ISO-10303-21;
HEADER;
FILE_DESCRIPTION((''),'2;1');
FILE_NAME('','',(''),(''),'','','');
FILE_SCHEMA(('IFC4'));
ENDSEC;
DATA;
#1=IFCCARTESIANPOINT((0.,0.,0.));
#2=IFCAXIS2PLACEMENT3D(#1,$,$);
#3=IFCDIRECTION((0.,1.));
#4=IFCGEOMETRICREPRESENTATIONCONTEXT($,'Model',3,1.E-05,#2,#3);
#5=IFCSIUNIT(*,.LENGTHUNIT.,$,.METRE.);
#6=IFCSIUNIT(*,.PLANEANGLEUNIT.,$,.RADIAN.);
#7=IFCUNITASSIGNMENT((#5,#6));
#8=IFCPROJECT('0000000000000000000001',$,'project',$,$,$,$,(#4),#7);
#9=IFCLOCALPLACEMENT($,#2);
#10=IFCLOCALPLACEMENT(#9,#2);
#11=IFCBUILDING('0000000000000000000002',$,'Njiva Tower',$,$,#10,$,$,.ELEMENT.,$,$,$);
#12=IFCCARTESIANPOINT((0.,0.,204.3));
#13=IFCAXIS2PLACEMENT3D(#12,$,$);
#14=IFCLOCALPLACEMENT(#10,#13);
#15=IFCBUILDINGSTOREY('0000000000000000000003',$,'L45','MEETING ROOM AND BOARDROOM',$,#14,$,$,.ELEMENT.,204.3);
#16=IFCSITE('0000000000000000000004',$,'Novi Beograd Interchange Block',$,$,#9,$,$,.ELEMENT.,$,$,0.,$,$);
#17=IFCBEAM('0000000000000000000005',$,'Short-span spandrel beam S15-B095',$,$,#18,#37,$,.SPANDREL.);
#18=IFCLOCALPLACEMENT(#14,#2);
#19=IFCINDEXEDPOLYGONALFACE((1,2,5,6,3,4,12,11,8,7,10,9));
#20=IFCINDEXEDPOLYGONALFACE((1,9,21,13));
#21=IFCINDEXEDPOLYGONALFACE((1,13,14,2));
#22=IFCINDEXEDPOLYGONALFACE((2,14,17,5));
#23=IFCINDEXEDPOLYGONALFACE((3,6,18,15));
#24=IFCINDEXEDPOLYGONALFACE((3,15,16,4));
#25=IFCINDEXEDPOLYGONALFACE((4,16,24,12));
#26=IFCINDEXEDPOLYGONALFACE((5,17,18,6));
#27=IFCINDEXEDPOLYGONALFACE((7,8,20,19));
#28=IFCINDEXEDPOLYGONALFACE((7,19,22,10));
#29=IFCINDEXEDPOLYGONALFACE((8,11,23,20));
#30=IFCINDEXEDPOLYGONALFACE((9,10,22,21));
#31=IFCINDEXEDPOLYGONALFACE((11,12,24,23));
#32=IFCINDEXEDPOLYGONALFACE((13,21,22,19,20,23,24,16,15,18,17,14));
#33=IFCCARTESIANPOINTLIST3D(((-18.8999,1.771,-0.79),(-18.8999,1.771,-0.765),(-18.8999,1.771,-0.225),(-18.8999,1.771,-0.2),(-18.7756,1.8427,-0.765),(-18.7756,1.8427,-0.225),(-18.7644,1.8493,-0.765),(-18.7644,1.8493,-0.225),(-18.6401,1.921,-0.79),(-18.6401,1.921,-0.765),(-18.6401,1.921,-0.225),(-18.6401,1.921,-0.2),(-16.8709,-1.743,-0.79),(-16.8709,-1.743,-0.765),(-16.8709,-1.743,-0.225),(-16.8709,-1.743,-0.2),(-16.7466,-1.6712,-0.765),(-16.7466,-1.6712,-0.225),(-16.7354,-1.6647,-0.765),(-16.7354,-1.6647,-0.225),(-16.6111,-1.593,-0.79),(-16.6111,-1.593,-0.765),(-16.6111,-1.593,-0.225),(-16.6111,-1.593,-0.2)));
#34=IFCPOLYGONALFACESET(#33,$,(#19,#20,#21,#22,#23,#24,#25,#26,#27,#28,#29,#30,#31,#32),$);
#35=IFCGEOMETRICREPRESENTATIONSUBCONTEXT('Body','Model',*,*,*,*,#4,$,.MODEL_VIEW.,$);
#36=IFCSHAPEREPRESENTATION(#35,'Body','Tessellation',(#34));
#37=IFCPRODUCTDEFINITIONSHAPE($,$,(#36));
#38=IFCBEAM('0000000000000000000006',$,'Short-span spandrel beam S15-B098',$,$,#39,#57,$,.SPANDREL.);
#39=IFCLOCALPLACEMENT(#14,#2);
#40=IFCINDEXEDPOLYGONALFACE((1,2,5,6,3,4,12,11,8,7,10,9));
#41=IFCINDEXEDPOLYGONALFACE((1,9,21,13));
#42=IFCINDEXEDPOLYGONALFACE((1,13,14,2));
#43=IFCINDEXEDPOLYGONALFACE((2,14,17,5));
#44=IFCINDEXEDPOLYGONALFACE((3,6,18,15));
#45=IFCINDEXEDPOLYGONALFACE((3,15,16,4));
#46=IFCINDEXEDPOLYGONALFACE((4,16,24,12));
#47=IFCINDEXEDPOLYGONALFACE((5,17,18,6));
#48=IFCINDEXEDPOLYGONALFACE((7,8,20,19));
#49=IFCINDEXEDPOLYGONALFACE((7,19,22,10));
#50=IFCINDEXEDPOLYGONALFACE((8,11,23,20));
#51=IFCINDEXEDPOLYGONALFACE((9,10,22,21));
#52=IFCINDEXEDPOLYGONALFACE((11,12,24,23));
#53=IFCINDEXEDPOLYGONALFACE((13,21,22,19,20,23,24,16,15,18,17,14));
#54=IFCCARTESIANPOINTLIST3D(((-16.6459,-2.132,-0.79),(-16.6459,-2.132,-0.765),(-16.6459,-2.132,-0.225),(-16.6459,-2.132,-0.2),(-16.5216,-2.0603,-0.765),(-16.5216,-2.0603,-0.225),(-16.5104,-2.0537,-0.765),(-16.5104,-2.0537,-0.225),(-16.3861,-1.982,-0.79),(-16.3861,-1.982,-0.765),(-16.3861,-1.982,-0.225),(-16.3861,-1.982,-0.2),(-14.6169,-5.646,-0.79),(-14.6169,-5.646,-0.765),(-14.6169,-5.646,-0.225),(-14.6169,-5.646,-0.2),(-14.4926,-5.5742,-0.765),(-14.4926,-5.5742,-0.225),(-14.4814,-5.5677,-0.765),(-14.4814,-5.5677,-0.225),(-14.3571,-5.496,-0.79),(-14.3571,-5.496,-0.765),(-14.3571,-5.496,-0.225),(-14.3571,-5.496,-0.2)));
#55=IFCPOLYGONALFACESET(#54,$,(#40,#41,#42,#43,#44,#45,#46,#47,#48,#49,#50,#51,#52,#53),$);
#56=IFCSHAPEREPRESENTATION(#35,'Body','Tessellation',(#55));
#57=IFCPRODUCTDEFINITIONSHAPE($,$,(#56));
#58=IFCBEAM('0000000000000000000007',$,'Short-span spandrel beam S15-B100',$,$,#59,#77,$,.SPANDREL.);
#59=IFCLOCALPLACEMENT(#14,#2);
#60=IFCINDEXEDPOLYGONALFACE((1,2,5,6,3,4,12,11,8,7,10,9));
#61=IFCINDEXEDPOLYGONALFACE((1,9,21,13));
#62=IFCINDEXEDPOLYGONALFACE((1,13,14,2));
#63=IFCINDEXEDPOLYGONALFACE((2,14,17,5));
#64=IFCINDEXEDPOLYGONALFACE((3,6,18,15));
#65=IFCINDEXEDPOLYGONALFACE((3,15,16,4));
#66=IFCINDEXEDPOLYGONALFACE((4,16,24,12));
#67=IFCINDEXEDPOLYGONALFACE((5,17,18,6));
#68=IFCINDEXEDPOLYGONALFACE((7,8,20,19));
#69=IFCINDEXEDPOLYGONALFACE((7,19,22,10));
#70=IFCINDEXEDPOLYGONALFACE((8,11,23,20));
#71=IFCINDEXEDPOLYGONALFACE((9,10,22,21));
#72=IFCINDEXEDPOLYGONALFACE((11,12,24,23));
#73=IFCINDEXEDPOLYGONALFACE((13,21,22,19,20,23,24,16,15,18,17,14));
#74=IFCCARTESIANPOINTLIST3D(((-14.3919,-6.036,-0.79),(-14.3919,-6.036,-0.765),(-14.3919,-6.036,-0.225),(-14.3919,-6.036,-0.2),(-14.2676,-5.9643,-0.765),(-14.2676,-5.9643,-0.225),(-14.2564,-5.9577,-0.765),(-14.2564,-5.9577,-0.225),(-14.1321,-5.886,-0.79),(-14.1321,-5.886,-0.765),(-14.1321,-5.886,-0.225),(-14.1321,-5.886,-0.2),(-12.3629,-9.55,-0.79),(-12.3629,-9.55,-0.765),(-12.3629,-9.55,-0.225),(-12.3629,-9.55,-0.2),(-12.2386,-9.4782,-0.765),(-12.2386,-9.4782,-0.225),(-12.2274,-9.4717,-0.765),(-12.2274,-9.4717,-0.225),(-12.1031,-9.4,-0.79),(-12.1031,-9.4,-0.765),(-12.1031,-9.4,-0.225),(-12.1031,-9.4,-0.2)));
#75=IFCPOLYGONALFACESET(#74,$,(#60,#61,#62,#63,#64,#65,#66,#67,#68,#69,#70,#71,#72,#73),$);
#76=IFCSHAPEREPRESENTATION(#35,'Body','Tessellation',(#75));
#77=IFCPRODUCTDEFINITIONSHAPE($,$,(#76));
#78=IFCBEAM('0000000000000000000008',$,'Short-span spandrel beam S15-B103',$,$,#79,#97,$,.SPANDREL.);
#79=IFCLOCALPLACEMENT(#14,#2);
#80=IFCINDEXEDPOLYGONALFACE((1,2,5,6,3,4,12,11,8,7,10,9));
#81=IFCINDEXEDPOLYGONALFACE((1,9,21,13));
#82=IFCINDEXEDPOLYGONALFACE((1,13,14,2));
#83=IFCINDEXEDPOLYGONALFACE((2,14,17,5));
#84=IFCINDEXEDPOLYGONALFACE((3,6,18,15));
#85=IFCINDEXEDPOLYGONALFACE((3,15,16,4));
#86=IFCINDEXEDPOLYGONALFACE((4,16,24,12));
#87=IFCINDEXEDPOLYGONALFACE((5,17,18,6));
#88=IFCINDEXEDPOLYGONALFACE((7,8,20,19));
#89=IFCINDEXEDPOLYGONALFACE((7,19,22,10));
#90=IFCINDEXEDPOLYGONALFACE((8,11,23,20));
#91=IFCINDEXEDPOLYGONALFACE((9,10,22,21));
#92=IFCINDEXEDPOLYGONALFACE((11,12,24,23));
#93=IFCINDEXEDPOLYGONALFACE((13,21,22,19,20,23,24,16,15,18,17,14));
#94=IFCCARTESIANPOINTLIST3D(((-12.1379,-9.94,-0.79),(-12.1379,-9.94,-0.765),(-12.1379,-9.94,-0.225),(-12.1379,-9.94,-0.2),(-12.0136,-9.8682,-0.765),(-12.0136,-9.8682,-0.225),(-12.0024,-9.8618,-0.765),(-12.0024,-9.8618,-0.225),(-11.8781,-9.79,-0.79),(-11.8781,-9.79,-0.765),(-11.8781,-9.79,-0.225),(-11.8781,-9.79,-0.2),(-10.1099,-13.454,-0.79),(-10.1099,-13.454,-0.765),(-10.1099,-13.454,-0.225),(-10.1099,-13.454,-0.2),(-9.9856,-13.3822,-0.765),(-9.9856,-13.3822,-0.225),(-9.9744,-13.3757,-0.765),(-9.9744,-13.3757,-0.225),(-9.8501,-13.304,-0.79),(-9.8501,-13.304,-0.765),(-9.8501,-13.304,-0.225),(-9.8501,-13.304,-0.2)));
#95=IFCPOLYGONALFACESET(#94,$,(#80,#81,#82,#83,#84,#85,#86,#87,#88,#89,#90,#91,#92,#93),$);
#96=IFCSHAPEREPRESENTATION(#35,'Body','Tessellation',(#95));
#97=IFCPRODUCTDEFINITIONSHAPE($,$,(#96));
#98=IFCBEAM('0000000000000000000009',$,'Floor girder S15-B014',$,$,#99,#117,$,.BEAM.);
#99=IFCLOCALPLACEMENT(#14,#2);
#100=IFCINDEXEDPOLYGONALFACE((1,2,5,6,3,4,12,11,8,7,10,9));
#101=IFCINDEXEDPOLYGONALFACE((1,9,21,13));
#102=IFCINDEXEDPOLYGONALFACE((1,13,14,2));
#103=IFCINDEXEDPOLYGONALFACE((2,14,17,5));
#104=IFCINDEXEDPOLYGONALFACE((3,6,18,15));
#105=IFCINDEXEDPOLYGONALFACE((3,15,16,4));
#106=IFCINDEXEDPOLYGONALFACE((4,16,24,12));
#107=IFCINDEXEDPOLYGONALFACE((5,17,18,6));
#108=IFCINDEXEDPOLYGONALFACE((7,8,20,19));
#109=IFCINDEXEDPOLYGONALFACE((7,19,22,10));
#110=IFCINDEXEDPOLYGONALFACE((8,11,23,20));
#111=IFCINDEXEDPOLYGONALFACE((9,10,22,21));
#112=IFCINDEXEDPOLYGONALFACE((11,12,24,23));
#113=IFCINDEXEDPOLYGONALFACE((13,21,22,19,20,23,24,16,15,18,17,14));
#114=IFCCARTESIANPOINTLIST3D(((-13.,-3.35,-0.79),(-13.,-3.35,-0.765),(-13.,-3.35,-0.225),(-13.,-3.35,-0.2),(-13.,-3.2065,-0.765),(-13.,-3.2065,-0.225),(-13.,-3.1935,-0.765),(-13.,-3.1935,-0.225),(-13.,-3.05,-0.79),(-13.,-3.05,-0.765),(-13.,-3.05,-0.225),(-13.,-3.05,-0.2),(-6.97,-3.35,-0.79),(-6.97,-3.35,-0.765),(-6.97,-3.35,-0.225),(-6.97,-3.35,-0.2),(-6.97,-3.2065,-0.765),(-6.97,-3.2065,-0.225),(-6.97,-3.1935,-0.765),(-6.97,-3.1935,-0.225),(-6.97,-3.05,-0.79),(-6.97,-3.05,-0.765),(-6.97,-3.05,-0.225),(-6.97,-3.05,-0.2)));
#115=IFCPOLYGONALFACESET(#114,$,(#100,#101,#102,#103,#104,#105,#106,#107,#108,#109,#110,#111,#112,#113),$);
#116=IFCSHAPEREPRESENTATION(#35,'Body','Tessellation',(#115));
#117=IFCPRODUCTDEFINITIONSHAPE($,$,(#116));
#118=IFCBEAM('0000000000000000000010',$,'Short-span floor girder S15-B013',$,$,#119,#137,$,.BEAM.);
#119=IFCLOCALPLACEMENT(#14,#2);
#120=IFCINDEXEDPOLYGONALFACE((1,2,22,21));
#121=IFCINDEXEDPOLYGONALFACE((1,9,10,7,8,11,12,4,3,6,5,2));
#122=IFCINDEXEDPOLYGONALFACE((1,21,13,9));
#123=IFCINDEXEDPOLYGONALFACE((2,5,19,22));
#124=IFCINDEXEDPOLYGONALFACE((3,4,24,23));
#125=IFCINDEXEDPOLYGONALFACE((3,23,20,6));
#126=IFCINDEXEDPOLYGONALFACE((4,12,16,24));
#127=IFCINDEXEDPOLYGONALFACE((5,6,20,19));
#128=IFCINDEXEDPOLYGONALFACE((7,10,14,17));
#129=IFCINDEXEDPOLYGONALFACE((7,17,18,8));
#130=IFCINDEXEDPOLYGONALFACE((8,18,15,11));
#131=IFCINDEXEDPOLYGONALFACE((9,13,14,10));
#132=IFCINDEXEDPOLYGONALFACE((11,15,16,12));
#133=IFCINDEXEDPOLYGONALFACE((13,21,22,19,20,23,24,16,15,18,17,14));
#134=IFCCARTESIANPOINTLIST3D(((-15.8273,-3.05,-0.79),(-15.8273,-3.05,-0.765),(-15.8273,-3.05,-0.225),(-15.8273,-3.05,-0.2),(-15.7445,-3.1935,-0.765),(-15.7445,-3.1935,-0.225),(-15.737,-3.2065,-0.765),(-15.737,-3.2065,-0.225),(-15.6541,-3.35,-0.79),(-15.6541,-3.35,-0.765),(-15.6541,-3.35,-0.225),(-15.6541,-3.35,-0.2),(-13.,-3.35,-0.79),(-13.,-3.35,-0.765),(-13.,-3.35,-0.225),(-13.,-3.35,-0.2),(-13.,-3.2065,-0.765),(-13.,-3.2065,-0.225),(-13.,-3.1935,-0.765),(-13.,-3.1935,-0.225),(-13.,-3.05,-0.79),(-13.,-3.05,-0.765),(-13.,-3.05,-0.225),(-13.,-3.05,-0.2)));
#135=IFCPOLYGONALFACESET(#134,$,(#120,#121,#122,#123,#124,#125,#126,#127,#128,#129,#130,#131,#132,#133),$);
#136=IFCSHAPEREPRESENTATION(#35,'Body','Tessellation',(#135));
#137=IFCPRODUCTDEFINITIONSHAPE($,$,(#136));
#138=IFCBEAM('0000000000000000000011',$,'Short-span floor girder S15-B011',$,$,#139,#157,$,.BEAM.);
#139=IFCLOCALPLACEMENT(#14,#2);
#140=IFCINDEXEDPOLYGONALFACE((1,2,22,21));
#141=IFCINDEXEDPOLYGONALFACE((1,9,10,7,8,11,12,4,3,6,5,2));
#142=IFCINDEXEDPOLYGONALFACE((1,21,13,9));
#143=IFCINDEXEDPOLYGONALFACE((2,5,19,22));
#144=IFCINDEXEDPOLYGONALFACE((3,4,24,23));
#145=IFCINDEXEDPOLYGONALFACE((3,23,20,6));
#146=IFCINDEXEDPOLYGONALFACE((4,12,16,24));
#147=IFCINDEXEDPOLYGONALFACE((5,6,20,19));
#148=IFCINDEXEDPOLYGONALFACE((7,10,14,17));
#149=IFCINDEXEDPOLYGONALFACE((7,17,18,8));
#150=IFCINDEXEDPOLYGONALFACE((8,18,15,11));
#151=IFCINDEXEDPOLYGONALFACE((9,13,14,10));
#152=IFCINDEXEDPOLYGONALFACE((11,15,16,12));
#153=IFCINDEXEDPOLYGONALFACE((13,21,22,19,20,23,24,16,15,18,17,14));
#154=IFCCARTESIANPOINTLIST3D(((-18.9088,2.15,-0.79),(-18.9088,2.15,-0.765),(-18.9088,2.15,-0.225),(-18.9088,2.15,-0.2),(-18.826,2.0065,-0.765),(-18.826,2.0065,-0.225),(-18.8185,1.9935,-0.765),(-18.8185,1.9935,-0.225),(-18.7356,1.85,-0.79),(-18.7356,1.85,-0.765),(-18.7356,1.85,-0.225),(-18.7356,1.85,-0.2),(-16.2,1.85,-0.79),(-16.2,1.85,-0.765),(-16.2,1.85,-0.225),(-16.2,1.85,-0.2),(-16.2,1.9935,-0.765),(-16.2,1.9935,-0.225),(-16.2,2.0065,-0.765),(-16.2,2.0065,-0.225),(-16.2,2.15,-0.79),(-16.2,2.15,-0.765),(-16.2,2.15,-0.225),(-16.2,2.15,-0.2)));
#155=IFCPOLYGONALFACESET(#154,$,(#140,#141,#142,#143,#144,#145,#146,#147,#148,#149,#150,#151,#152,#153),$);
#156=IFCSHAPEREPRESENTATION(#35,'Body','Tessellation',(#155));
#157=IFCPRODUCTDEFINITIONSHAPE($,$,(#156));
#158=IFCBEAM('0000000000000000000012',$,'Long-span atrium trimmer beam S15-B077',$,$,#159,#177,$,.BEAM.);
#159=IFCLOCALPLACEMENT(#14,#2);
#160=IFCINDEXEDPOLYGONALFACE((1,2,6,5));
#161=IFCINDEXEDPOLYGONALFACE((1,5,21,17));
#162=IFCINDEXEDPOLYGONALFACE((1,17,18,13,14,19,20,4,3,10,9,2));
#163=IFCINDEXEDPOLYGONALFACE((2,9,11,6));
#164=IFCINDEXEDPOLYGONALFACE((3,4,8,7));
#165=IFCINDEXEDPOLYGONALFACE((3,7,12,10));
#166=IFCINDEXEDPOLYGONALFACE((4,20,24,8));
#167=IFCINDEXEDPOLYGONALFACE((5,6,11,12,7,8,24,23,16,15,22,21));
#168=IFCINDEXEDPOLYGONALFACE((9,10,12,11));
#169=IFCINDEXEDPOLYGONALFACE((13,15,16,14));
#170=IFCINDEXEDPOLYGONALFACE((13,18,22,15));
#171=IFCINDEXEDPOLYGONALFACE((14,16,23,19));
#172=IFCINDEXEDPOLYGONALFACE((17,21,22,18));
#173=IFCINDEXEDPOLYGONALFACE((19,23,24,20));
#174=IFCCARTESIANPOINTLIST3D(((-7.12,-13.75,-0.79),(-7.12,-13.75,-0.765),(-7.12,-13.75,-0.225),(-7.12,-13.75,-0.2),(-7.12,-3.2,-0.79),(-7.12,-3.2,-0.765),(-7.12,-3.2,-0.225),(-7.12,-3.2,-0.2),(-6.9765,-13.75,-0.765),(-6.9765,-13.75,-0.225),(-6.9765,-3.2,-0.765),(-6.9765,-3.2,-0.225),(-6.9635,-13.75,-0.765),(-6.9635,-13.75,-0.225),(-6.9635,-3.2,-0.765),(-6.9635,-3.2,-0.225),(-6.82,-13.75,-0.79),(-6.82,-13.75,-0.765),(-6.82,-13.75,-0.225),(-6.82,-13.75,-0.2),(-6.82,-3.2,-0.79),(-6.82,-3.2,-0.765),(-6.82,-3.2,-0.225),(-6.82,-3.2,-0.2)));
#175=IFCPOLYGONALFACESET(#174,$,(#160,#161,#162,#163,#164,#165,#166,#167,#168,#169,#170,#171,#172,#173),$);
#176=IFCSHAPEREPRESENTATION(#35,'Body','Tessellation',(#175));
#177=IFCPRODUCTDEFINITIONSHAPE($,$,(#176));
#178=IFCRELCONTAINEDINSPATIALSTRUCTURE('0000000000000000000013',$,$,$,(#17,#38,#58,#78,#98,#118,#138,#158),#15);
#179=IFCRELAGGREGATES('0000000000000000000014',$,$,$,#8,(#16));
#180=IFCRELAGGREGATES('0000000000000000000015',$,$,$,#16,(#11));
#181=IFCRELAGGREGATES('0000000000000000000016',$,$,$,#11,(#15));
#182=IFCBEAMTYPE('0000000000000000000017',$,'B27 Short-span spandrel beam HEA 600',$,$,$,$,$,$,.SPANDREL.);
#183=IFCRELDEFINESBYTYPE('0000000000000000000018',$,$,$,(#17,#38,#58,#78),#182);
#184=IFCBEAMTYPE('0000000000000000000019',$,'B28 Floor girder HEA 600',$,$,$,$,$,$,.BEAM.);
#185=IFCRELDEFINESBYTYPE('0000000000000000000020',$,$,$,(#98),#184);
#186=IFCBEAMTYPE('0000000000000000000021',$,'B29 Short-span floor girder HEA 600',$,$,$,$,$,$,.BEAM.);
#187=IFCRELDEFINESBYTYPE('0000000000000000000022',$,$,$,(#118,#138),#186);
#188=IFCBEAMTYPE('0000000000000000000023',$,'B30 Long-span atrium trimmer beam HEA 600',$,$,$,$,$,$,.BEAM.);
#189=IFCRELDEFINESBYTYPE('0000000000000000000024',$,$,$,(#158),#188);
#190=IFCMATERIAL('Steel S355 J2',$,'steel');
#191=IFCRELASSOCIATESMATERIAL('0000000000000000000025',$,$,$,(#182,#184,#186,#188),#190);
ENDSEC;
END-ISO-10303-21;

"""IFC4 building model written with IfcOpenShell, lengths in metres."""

from ifc_helpers import new_model, si_unit, direction, frame, origin, origin_2d, place, context, subcontext, project, spatial, i_section, extrude, clip, halfspace, material, material_profile, profile_set, type_object, element, save


model = new_model("IFC4")

# Units and contexts
model_context = context("Model", 3, precision=1e-05, world=origin(), true_north=direction((0.0, 1.0)))
body_context = subcontext(model_context, "Body", "Model", "MODEL_VIEW")
ifc_project = project(units=[si_unit("LENGTHUNIT", "METRE"), si_unit("PLANEANGLEUNIT", "RADIAN")], contexts=[model_context])

# Site, building, storey
site_placement = place(None, origin())
site = spatial("IfcSite", under=ifc_project, at=site_placement, Name="Novi Beograd Interchange Block", CompositionType="ELEMENT", RefElevation=0.0)
building_placement = place(site_placement, origin())
building = spatial("IfcBuilding", under=site, at=building_placement, Name="Njiva Tower", CompositionType="ELEMENT")
storey_placement = place(building_placement, frame((0.0, 0.0, 204.3)))
storey = spatial("IfcBuildingStorey", under=building, at=storey_placement, Name="L45", Description="MEETING ROOM AND BOARDROOM", CompositionType="ELEMENT", Elevation=204.3)

# Shared definitions
ifc_material_1 = material(Name="Steel S355 J2", Category="steel")

# Beams
ifc_material_profile_1 = material_profile(ifc_material_1, i_section(OverallWidth=0.3, OverallDepth=0.59, WebThickness=0.013, FlangeThickness=0.025, at=origin_2d()), Name="HEA 600")
ifc_profile_set_1 = profile_set([ifc_material_profile_1], Name="Steel S355 J2")
beam_type_1 = type_object("IfcBeamType", Name="B27 Short-span spandrel beam HEA 600", PredefinedType="SPANDREL", material=ifc_profile_set_1)
for number, where, z_axis, x_axis, name in (
    (1, (-18.77, 1.846, -0.495), (0.500035, -0.866005, 0.0), (0.866005, 0.500035, 0.0), "Short-span spandrel beam S15-B095"),
    (2, (-16.516, -2.057, -0.495), (0.500035, -0.866005, 0.0), (0.866005, 0.500035, 0.0), "Short-span spandrel beam S15-B098"),
    (3, (-14.262, -5.961, -0.495), (0.500035, -0.866005, 0.0), (0.866005, 0.500035, 0.0), "Short-span spandrel beam S15-B100"),
):
    element("IfcBeam", number, at=place(storey_placement, frame(where, z_axis=z_axis, x_axis=x_axis)), inside=storey, type_object=beam_type_1, Name=name, PredefinedType="SPANDREL", context=body_context, shape_type="SweptSolid", body=[
        extrude(i_section(OverallWidth=0.3, OverallDepth=0.59, WebThickness=0.013, FlangeThickness=0.025, at=origin_2d()), origin(), (0.0, 0.0, 1.0), 4.0577),
    ])
beam_1_placement = place(storey_placement, frame((-12.008, -9.865, -0.495), z_axis=(0.49985, -0.866112, 0.0), x_axis=(0.866112, 0.49985, 0.0)))
element("IfcBeam", 4, at=beam_1_placement, inside=storey, type_object=beam_type_1, Name="Short-span spandrel beam S15-B103", PredefinedType="SPANDREL", context=body_context, shape_type="SweptSolid", body=[
    extrude(i_section(OverallWidth=0.3, OverallDepth=0.59, WebThickness=0.013, FlangeThickness=0.025, at=origin_2d()), origin(), (0.0, 0.0, 1.0), 4.0572),
])
ifc_material_profile_2 = material_profile(ifc_material_1, i_section(OverallWidth=0.3, OverallDepth=0.59, WebThickness=0.013, FlangeThickness=0.025, at=origin_2d()), Name="HEA 600")
ifc_profile_set_2 = profile_set([ifc_material_profile_2], Name="Steel S355 J2")
beam_type_2 = type_object("IfcBeamType", Name="B28 Floor girder HEA 600", PredefinedType="BEAM", material=ifc_profile_set_2)
beam_2_placement = place(storey_placement, frame((-13.0, -3.2, -0.495), z_axis=(1.0, 0.0, 0.0), x_axis=(0.0, 1.0, 0.0)))
element("IfcBeam", 5, at=beam_2_placement, inside=storey, type_object=beam_type_2, Name="Floor girder S15-B014", PredefinedType="BEAM", context=body_context, shape_type="SweptSolid", body=[
    extrude(i_section(OverallWidth=0.3, OverallDepth=0.59, WebThickness=0.013, FlangeThickness=0.025, at=origin_2d()), origin(), (0.0, 0.0, 1.0), 6.03),
])
ifc_material_profile_3 = material_profile(ifc_material_1, i_section(OverallWidth=0.3, OverallDepth=0.59, WebThickness=0.013, FlangeThickness=0.025, at=origin_2d()), Name="HEA 600")
ifc_profile_set_3 = profile_set([ifc_material_profile_3], Name="Steel S355 J2")
beam_type_3 = type_object("IfcBeamType", Name="B29 Short-span floor girder HEA 600", PredefinedType="BEAM", material=ifc_profile_set_3)
beam_3_placement = place(storey_placement, frame((-15.848, -3.2, -0.495), z_axis=(1.0, 0.0, 0.0), x_axis=(0.0, 1.0, 0.0)))
element("IfcBeam", 6, at=beam_3_placement, inside=storey, type_object=beam_type_3, Name="Short-span floor girder S15-B013", PredefinedType="BEAM", context=body_context, shape_type="Clipping", body=[
    clip(extrude(i_section(OverallWidth=0.3, OverallDepth=0.59, WebThickness=0.013, FlangeThickness=0.025, at=origin_2d()), origin(), (0.0, 0.0, 1.0), 2.848), halfspace(frame((-0.025, 0.0, 0.1217), z_axis=(-0.499998, 0.0, -0.866027), x_axis=(0.0, -1.0, 0.0)), False)),
])
beam_4_placement = place(storey_placement, frame((-18.929, 2.0, -0.495), z_axis=(1.0, 0.0, 0.0), x_axis=(0.0, 1.0, 0.0)))
element("IfcBeam", 7, at=beam_4_placement, inside=storey, type_object=beam_type_3, Name="Short-span floor girder S15-B011", PredefinedType="BEAM", context=body_context, shape_type="Clipping", body=[
    clip(extrude(i_section(OverallWidth=0.3, OverallDepth=0.59, WebThickness=0.013, FlangeThickness=0.025, at=origin_2d()), origin(), (0.0, 0.0, 1.0), 2.729), halfspace(frame((-0.025, 0.0, 0.1212), z_axis=(-0.499998, 0.0, -0.866027), x_axis=(0.0, -1.0, 0.0)), False)),
])
ifc_material_profile_4 = material_profile(ifc_material_1, i_section(OverallWidth=0.3, OverallDepth=0.59, WebThickness=0.013, FlangeThickness=0.025, at=origin_2d()), Name="HEA 600")
ifc_profile_set_4 = profile_set([ifc_material_profile_4], Name="Steel S355 J2")
beam_type_4 = type_object("IfcBeamType", Name="B30 Long-span atrium trimmer beam HEA 600", PredefinedType="BEAM", material=ifc_profile_set_4)
beam_5_placement = place(storey_placement, frame((-6.97, -3.2, -0.495), z_axis=(0.0, -1.0, 0.0), x_axis=(1.0, 0.0, 0.0)))
element("IfcBeam", 8, at=beam_5_placement, inside=storey, type_object=beam_type_4, Name="Long-span atrium trimmer beam S15-B077", PredefinedType="BEAM", context=body_context, shape_type="SweptSolid", body=[
    extrude(i_section(OverallWidth=0.3, OverallDepth=0.59, WebThickness=0.013, FlangeThickness=0.025, at=origin_2d()), origin(), (0.0, 0.0, 1.0), 10.55),
])

save(model, "model.ifc")
